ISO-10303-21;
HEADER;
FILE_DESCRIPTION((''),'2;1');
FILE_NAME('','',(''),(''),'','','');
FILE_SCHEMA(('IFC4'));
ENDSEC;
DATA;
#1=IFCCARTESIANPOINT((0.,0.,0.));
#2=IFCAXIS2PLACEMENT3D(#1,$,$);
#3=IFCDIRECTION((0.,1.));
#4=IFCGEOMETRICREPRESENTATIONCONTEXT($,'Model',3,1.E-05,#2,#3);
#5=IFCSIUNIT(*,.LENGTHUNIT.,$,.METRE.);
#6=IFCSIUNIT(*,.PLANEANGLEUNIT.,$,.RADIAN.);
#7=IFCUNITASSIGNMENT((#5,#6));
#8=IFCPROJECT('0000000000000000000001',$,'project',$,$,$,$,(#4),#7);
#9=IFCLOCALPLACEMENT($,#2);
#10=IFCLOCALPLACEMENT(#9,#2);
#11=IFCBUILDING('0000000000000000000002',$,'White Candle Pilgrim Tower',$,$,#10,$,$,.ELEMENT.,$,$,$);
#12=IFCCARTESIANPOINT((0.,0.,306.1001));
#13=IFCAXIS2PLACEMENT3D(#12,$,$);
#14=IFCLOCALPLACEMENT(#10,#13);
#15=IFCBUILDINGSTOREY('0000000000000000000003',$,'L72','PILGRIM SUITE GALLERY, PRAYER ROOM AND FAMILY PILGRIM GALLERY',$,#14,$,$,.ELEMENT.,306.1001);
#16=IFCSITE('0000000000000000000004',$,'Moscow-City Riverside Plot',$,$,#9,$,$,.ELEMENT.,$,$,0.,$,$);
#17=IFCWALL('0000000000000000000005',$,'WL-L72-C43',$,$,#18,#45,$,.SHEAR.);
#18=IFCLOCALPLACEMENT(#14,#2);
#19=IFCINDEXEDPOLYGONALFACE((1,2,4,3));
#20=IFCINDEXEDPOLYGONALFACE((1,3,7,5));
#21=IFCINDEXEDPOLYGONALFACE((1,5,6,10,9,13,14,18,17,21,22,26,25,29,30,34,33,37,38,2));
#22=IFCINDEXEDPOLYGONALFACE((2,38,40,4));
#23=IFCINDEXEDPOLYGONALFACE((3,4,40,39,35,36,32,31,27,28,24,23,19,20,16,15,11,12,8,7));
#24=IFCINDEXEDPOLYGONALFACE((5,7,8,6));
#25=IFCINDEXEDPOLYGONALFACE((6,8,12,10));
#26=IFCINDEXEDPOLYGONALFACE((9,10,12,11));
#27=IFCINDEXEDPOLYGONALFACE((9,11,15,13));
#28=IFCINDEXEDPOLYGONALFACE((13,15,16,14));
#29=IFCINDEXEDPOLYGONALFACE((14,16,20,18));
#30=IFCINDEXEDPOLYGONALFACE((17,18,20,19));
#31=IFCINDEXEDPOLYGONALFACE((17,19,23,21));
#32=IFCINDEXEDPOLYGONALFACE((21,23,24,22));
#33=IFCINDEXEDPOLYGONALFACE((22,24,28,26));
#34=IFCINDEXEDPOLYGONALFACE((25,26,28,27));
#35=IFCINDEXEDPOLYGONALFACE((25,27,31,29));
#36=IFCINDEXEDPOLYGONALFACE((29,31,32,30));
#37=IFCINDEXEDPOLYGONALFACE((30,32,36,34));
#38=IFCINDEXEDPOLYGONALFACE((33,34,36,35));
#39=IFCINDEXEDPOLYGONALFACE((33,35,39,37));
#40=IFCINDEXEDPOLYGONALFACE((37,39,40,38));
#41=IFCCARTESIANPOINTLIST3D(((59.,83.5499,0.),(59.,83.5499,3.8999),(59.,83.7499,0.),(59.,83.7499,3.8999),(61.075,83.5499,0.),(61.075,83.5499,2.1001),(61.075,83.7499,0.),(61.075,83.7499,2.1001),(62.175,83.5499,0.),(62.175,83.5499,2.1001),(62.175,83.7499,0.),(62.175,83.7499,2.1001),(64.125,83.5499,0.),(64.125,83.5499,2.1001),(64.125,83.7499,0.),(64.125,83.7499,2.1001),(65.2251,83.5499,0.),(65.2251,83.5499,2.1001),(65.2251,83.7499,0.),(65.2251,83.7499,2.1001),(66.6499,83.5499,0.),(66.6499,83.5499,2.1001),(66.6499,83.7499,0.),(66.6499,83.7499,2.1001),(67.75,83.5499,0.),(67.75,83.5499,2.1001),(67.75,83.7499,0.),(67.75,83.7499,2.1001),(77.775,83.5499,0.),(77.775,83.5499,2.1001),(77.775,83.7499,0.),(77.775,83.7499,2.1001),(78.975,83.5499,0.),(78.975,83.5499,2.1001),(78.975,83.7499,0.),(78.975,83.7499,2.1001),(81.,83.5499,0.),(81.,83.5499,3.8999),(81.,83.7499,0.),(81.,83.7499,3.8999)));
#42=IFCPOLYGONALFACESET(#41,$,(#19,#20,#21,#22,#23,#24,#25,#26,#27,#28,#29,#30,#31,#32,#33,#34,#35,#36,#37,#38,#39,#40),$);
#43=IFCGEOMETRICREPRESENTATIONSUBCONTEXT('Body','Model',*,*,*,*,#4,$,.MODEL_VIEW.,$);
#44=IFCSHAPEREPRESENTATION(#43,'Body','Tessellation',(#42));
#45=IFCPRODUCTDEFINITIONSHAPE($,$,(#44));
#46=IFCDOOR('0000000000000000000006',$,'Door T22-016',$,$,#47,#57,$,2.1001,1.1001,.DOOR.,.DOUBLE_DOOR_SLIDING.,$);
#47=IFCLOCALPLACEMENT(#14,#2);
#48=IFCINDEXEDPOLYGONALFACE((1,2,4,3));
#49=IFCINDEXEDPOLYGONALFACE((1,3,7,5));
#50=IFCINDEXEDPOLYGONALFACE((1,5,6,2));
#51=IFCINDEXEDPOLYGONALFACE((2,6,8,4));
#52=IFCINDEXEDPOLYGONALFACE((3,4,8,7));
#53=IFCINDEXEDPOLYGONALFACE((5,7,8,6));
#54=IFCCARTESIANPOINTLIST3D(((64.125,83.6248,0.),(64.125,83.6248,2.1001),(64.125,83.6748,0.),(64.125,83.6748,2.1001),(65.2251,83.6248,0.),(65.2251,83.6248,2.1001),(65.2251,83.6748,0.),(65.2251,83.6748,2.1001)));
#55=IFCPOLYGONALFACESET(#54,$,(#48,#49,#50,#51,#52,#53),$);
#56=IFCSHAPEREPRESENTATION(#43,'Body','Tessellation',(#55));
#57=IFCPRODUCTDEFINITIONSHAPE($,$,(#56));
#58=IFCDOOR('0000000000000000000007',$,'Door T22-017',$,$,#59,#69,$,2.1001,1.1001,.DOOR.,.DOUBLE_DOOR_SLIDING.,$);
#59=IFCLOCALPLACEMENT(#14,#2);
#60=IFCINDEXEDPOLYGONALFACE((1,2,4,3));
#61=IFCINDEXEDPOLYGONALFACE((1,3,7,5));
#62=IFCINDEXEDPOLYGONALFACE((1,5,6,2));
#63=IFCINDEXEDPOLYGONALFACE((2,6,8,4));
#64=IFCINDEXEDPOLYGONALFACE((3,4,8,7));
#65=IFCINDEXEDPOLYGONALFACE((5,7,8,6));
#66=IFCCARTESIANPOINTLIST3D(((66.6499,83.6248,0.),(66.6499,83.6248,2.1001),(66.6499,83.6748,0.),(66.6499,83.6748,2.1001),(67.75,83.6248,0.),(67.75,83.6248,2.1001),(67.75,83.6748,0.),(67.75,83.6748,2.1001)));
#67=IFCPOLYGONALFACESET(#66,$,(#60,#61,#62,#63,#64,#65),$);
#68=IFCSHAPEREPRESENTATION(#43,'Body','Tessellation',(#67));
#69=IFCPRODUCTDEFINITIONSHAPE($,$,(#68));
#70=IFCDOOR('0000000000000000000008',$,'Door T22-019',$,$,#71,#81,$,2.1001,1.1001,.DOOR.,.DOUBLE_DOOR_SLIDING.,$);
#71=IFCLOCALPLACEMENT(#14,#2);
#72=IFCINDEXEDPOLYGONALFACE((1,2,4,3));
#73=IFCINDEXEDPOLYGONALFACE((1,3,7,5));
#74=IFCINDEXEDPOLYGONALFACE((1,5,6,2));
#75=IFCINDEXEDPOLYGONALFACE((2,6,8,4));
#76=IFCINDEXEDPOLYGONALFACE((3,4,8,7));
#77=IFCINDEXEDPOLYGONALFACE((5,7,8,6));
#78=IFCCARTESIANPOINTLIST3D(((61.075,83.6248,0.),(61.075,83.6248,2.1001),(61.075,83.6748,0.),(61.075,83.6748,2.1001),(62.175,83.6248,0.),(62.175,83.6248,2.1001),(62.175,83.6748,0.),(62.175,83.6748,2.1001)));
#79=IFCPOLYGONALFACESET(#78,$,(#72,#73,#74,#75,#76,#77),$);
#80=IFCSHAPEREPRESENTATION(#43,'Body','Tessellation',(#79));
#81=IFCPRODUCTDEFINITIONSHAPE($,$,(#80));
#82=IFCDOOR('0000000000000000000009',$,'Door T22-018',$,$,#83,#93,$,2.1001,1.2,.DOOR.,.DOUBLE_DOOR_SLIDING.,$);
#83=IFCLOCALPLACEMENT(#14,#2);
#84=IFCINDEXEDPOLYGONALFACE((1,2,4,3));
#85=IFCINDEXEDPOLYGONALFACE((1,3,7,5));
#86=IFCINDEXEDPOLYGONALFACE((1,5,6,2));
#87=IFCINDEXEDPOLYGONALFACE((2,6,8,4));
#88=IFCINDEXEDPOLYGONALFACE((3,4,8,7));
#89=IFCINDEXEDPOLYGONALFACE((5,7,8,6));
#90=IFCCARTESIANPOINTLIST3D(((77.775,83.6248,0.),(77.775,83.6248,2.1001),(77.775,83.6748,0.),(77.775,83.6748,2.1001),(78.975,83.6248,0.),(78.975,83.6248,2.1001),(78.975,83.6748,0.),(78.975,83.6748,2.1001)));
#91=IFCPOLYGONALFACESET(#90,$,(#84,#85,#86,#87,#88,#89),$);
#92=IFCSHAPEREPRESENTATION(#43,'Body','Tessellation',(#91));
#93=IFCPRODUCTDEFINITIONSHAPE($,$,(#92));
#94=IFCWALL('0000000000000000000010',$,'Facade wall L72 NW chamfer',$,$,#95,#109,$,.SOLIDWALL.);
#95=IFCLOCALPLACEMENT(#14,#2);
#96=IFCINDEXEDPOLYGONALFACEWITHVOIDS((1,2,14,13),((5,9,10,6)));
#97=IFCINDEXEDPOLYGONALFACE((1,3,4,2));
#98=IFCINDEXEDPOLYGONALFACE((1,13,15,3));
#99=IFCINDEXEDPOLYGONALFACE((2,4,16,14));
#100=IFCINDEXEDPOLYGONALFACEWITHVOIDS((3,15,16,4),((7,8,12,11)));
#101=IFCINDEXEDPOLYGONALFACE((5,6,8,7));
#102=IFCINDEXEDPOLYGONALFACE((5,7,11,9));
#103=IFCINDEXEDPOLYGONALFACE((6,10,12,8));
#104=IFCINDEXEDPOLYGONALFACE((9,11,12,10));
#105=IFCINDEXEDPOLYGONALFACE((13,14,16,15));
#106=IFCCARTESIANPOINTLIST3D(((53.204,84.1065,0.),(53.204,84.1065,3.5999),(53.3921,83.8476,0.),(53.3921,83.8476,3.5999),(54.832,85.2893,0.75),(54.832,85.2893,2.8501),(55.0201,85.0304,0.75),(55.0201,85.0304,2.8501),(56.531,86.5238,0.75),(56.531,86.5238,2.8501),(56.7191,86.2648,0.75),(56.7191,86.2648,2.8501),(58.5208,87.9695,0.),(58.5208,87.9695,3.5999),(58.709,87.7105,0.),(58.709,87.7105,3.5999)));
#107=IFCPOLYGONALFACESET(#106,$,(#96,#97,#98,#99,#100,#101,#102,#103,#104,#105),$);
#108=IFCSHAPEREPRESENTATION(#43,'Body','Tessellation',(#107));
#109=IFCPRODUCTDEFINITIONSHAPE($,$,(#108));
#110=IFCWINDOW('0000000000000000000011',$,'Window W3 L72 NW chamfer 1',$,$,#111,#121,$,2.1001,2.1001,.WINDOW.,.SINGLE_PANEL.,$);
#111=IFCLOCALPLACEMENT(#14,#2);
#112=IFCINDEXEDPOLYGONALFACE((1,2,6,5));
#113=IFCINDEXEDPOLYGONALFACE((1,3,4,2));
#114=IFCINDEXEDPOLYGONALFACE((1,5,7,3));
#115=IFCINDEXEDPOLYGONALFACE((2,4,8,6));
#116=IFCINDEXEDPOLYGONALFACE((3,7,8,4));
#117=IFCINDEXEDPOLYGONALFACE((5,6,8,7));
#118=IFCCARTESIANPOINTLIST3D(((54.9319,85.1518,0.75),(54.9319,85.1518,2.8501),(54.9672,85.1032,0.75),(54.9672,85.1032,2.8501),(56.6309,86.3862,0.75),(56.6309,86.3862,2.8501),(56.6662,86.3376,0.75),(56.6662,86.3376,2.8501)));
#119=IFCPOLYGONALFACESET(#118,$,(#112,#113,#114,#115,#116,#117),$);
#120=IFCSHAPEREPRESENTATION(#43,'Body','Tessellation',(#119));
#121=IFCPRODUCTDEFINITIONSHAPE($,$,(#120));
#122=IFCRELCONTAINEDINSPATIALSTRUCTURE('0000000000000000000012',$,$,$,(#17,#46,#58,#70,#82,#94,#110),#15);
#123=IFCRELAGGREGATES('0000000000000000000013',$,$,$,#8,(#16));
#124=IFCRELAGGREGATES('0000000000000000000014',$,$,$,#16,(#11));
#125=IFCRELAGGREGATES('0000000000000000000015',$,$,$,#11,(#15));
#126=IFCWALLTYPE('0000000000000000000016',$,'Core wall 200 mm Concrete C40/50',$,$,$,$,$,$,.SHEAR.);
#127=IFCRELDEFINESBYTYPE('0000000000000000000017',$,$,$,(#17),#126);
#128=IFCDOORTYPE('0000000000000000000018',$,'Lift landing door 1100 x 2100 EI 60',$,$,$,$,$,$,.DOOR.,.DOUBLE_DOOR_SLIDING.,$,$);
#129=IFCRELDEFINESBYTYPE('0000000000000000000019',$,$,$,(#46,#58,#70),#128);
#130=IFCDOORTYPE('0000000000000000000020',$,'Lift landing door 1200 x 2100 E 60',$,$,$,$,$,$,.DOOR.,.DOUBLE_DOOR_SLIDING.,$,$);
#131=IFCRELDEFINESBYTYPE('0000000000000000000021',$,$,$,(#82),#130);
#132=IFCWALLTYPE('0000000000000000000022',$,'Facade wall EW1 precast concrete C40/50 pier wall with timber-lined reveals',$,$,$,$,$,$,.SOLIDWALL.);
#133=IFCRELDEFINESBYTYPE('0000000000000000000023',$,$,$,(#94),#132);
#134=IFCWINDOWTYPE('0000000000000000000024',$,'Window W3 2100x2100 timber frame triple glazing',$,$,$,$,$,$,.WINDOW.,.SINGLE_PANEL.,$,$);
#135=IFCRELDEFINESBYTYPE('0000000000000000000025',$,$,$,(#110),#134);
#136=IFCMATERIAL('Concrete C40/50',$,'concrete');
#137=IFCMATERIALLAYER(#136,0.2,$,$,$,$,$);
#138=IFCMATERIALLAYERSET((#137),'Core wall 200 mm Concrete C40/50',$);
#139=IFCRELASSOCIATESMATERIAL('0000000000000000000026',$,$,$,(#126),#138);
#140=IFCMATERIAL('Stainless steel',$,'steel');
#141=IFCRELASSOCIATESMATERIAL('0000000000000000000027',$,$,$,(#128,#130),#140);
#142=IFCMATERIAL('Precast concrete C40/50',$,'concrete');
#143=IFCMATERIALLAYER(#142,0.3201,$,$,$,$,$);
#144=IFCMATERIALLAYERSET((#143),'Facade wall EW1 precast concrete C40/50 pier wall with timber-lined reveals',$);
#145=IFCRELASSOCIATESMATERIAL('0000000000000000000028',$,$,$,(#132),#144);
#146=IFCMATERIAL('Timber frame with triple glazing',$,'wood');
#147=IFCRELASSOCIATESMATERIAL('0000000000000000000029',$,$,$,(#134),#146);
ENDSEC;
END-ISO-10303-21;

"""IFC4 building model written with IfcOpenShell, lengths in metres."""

from ifc_helpers import new_model, si_unit, direction, frame, frame_2d, origin, place, context, subcontext, project, spatial, rectangle, extrude, material, layer, layer_set, type_object, element, fill, save


model = new_model("IFC4")

# Units and contexts
model_context = context("Model", 3, precision=1e-05, world=origin(), true_north=direction((0.0, 1.0)))
body_context = subcontext(model_context, "Body", "Model", "MODEL_VIEW")
ifc_project = project(units=[si_unit("LENGTHUNIT", "METRE"), si_unit("PLANEANGLEUNIT", "RADIAN")], contexts=[model_context])

# Site, building, storey
site_placement = place(None, origin())
site = spatial("IfcSite", under=ifc_project, at=site_placement, Name="Moscow-City Riverside Plot", CompositionType="ELEMENT", RefElevation=0.0)
building_placement = place(site_placement, origin())
building = spatial("IfcBuilding", under=site, at=building_placement, Name="White Candle Pilgrim Tower", CompositionType="ELEMENT")
storey_placement = place(building_placement, frame((0.0, 0.0, 306.1001)))
storey = spatial("IfcBuildingStorey", under=building, at=storey_placement, Name="L72", Description="PILGRIM SUITE GALLERY, PRAYER ROOM AND FAMILY PILGRIM GALLERY", CompositionType="ELEMENT", Elevation=306.1001)

# Shared definitions
ifc_material_1 = material(Name="Concrete C40/50", Category="concrete")
ifc_layer_1 = layer(ifc_material_1, 0.2)
ifc_layer_set_1 = layer_set([ifc_layer_1], Name="Core wall 200 mm Concrete C40/50")
wall_type_1 = type_object("IfcWallType", Name="Core wall 200 mm Concrete C40/50", PredefinedType="SHEAR", material=ifc_layer_set_1)

# Wall, openings, doors
wall_1_placement = place(storey_placement, frame((59.0, 83.6499, 0.0), z_axis=(0.0, 0.0, 1.0), x_axis=(1.0, 0.0, 0.0)))
wall_1 = element("IfcWall", 1, at=wall_1_placement, inside=storey, type_object=wall_type_1, Name="WL-L72-C43", PredefinedType="SHEAR", context=body_context, shape_type="SweptSolid", body=[
    extrude(rectangle(XDim=22.0, YDim=0.2, at=frame_2d((11.0, 0.0))), origin(), (0.0, 0.0, 1.0), 3.8999),
])
opening_1_placement = place(wall_1_placement, frame((5.125, 0.0, 0.0)))
opening_1 = element("IfcOpeningElement", 2, at=opening_1_placement, cuts=wall_1, PredefinedType="OPENING", context=body_context, shape_type="SweptSolid", body=[
    extrude(rectangle(XDim=1.1001, YDim=2.1001, at=frame_2d((0.55, 1.05))), frame((0.0, 0.1099, 0.0), z_axis=(0.0, -1.0, 0.0), x_axis=(1.0, 0.0, 0.0)), (0.0, 0.0, 1.0), 0.22),
])
opening_2_placement = place(wall_1_placement, frame((7.6499, 0.0, 0.0)))
opening_2 = element("IfcOpeningElement", 3, at=opening_2_placement, cuts=wall_1, PredefinedType="OPENING", context=body_context, shape_type="SweptSolid", body=[
    extrude(rectangle(XDim=1.1001, YDim=2.1001, at=frame_2d((0.55, 1.05))), frame((0.0, 0.1099, 0.0), z_axis=(0.0, -1.0, 0.0), x_axis=(1.0, 0.0, 0.0)), (0.0, 0.0, 1.0), 0.22),
])
opening_3_placement = place(wall_1_placement, frame((18.7749, 0.0, 0.0)))
opening_3 = element("IfcOpeningElement", 4, at=opening_3_placement, cuts=wall_1, PredefinedType="OPENING", context=body_context, shape_type="SweptSolid", body=[
    extrude(rectangle(XDim=1.2, YDim=2.1001, at=frame_2d((0.6001, 1.05))), frame((0.0, 0.1099, 0.0), z_axis=(0.0, -1.0, 0.0), x_axis=(1.0, 0.0, 0.0)), (0.0, 0.0, 1.0), 0.22),
])
opening_4_placement = place(wall_1_placement, frame((2.075, 0.0, 0.0)))
opening_4 = element("IfcOpeningElement", 5, at=opening_4_placement, cuts=wall_1, PredefinedType="OPENING", context=body_context, shape_type="SweptSolid", body=[
    extrude(rectangle(XDim=1.1001, YDim=2.1001, at=frame_2d((0.55, 1.05))), frame((0.0, 0.1099, 0.0), z_axis=(0.0, -1.0, 0.0), x_axis=(1.0, 0.0, 0.0)), (0.0, 0.0, 1.0), 0.22),
])
ifc_material_2 = material(Name="Stainless steel", Category="steel")
door_type_1 = type_object("IfcDoorType", Name="Lift landing door 1100 x 2100 EI 60", OperationType="DOUBLE_DOOR_SLIDING", PredefinedType="DOOR", material=ifc_material_2)
door_1_placement = place(opening_1_placement, origin())
door_1 = element("IfcDoor", 6, at=door_1_placement, inside=storey, type_object=door_type_1, Name="Door T22-016", OperationType="DOUBLE_DOOR_SLIDING", OverallHeight=2.1001, OverallWidth=1.1001, PredefinedType="DOOR", context=body_context, shape_type="SweptSolid", body=[
    extrude(rectangle(XDim=1.1001, YDim=2.1001, at=frame_2d((0.55, 1.05))), frame((0.0, 0.0249, 0.0), z_axis=(0.0, -1.0, 0.0), x_axis=(1.0, 0.0, 0.0)), (0.0, 0.0, 1.0), 0.05),
])
fill(opening_1, door_1)
door_2_placement = place(opening_2_placement, origin())
door_2 = element("IfcDoor", 7, at=door_2_placement, inside=storey, type_object=door_type_1, Name="Door T22-017", OperationType="DOUBLE_DOOR_SLIDING", OverallHeight=2.1001, OverallWidth=1.1001, PredefinedType="DOOR", context=body_context, shape_type="SweptSolid", body=[
    extrude(rectangle(XDim=1.1001, YDim=2.1001, at=frame_2d((0.55, 1.05))), frame((0.0, 0.0249, 0.0), z_axis=(0.0, -1.0, 0.0), x_axis=(1.0, 0.0, 0.0)), (0.0, 0.0, 1.0), 0.05),
])
fill(opening_2, door_2)
door_3_placement = place(opening_4_placement, origin())
door_3 = element("IfcDoor", 8, at=door_3_placement, inside=storey, type_object=door_type_1, Name="Door T22-019", OperationType="DOUBLE_DOOR_SLIDING", OverallHeight=2.1001, OverallWidth=1.1001, PredefinedType="DOOR", context=body_context, shape_type="SweptSolid", body=[
    extrude(rectangle(XDim=1.1001, YDim=2.1001, at=frame_2d((0.55, 1.05))), frame((0.0, 0.0249, 0.0), z_axis=(0.0, -1.0, 0.0), x_axis=(1.0, 0.0, 0.0)), (0.0, 0.0, 1.0), 0.05),
])
fill(opening_4, door_3)
door_type_2 = type_object("IfcDoorType", Name="Lift landing door 1200 x 2100 E 60", OperationType="DOUBLE_DOOR_SLIDING", PredefinedType="DOOR", material=ifc_material_2)
door_4_placement = place(opening_3_placement, origin())
door_4 = element("IfcDoor", 9, at=door_4_placement, inside=storey, type_object=door_type_2, Name="Door T22-018", OperationType="DOUBLE_DOOR_SLIDING", OverallHeight=2.1001, OverallWidth=1.2, PredefinedType="DOOR", context=body_context, shape_type="SweptSolid", body=[
    extrude(rectangle(XDim=1.2, YDim=2.1001, at=frame_2d((0.6001, 1.05))), frame((0.0, 0.0249, 0.0), z_axis=(0.0, -1.0, 0.0), x_axis=(1.0, 0.0, 0.0)), (0.0, 0.0, 1.0), 0.05),
])
fill(opening_3, door_4)

# Wall, opening, window
ifc_material_3 = material(Name="Precast concrete C40/50", Category="concrete")
ifc_layer_2 = layer(ifc_material_3, 0.3201)
ifc_layer_set_2 = layer_set([ifc_layer_2], Name="Facade wall EW1 precast concrete C40/50 pier wall with timber-lined reveals")
wall_type_2 = type_object("IfcWallType", Name="Facade wall EW1 precast concrete C40/50 pier wall with timber-lined reveals", PredefinedType="SOLIDWALL", material=ifc_layer_set_2)
wall_2_placement = place(storey_placement, frame((58.615, 87.8401, 0.0), z_axis=(0.0, 0.0, 1.0), x_axis=(-0.809011, -0.587794, 0.0)))
wall_2 = element("IfcWall", 10, at=wall_2_placement, inside=storey, type_object=wall_type_2, Name="Facade wall L72 NW chamfer", PredefinedType="SOLIDWALL", context=body_context, shape_type="SweptSolid", body=[
    extrude(rectangle(XDim=6.572, YDim=0.3201, at=frame_2d((3.2861, 0.0))), origin(), (0.0, 0.0, 1.0), 3.5999),
])
opening_5_placement = place(wall_2_placement, frame((2.4597, 0.0, 0.75)))
opening_5 = element("IfcOpeningElement", 11, at=opening_5_placement, cuts=wall_2, PredefinedType="OPENING", context=body_context, shape_type="SweptSolid", body=[
    extrude(rectangle(XDim=2.1001, YDim=2.1001, at=frame_2d((1.05, 1.05))), frame((0.0, 0.1699, 0.0), z_axis=(0.0, -1.0, 0.0), x_axis=(1.0, 0.0, 0.0)), (0.0, 0.0, 1.0), 0.3401),
])
ifc_material_4 = material(Name="Timber frame with triple glazing", Category="wood")
window_type_1 = type_object("IfcWindowType", Name="Window W3 2100x2100 timber frame triple glazing", PartitioningType="SINGLE_PANEL", PredefinedType="WINDOW", material=ifc_material_4)
window_1_placement = place(opening_5_placement, origin())
window_1 = element("IfcWindow", 12, at=window_1_placement, inside=storey, type_object=window_type_1, Name="Window W3 L72 NW chamfer 1", OverallHeight=2.1001, OverallWidth=2.1001, PartitioningType="SINGLE_PANEL", PredefinedType="WINDOW", context=body_context, shape_type="SweptSolid", body=[
    extrude(rectangle(XDim=2.1001, YDim=2.1001, at=frame_2d((1.05, 1.05))), frame((0.0, 0.0701, 0.0), z_axis=(0.0, -1.0, 0.0), x_axis=(1.0, 0.0, 0.0)), (0.0, 0.0, 1.0), 0.0601),
])
fill(opening_5, window_1)

save(model, "model.ifc")
